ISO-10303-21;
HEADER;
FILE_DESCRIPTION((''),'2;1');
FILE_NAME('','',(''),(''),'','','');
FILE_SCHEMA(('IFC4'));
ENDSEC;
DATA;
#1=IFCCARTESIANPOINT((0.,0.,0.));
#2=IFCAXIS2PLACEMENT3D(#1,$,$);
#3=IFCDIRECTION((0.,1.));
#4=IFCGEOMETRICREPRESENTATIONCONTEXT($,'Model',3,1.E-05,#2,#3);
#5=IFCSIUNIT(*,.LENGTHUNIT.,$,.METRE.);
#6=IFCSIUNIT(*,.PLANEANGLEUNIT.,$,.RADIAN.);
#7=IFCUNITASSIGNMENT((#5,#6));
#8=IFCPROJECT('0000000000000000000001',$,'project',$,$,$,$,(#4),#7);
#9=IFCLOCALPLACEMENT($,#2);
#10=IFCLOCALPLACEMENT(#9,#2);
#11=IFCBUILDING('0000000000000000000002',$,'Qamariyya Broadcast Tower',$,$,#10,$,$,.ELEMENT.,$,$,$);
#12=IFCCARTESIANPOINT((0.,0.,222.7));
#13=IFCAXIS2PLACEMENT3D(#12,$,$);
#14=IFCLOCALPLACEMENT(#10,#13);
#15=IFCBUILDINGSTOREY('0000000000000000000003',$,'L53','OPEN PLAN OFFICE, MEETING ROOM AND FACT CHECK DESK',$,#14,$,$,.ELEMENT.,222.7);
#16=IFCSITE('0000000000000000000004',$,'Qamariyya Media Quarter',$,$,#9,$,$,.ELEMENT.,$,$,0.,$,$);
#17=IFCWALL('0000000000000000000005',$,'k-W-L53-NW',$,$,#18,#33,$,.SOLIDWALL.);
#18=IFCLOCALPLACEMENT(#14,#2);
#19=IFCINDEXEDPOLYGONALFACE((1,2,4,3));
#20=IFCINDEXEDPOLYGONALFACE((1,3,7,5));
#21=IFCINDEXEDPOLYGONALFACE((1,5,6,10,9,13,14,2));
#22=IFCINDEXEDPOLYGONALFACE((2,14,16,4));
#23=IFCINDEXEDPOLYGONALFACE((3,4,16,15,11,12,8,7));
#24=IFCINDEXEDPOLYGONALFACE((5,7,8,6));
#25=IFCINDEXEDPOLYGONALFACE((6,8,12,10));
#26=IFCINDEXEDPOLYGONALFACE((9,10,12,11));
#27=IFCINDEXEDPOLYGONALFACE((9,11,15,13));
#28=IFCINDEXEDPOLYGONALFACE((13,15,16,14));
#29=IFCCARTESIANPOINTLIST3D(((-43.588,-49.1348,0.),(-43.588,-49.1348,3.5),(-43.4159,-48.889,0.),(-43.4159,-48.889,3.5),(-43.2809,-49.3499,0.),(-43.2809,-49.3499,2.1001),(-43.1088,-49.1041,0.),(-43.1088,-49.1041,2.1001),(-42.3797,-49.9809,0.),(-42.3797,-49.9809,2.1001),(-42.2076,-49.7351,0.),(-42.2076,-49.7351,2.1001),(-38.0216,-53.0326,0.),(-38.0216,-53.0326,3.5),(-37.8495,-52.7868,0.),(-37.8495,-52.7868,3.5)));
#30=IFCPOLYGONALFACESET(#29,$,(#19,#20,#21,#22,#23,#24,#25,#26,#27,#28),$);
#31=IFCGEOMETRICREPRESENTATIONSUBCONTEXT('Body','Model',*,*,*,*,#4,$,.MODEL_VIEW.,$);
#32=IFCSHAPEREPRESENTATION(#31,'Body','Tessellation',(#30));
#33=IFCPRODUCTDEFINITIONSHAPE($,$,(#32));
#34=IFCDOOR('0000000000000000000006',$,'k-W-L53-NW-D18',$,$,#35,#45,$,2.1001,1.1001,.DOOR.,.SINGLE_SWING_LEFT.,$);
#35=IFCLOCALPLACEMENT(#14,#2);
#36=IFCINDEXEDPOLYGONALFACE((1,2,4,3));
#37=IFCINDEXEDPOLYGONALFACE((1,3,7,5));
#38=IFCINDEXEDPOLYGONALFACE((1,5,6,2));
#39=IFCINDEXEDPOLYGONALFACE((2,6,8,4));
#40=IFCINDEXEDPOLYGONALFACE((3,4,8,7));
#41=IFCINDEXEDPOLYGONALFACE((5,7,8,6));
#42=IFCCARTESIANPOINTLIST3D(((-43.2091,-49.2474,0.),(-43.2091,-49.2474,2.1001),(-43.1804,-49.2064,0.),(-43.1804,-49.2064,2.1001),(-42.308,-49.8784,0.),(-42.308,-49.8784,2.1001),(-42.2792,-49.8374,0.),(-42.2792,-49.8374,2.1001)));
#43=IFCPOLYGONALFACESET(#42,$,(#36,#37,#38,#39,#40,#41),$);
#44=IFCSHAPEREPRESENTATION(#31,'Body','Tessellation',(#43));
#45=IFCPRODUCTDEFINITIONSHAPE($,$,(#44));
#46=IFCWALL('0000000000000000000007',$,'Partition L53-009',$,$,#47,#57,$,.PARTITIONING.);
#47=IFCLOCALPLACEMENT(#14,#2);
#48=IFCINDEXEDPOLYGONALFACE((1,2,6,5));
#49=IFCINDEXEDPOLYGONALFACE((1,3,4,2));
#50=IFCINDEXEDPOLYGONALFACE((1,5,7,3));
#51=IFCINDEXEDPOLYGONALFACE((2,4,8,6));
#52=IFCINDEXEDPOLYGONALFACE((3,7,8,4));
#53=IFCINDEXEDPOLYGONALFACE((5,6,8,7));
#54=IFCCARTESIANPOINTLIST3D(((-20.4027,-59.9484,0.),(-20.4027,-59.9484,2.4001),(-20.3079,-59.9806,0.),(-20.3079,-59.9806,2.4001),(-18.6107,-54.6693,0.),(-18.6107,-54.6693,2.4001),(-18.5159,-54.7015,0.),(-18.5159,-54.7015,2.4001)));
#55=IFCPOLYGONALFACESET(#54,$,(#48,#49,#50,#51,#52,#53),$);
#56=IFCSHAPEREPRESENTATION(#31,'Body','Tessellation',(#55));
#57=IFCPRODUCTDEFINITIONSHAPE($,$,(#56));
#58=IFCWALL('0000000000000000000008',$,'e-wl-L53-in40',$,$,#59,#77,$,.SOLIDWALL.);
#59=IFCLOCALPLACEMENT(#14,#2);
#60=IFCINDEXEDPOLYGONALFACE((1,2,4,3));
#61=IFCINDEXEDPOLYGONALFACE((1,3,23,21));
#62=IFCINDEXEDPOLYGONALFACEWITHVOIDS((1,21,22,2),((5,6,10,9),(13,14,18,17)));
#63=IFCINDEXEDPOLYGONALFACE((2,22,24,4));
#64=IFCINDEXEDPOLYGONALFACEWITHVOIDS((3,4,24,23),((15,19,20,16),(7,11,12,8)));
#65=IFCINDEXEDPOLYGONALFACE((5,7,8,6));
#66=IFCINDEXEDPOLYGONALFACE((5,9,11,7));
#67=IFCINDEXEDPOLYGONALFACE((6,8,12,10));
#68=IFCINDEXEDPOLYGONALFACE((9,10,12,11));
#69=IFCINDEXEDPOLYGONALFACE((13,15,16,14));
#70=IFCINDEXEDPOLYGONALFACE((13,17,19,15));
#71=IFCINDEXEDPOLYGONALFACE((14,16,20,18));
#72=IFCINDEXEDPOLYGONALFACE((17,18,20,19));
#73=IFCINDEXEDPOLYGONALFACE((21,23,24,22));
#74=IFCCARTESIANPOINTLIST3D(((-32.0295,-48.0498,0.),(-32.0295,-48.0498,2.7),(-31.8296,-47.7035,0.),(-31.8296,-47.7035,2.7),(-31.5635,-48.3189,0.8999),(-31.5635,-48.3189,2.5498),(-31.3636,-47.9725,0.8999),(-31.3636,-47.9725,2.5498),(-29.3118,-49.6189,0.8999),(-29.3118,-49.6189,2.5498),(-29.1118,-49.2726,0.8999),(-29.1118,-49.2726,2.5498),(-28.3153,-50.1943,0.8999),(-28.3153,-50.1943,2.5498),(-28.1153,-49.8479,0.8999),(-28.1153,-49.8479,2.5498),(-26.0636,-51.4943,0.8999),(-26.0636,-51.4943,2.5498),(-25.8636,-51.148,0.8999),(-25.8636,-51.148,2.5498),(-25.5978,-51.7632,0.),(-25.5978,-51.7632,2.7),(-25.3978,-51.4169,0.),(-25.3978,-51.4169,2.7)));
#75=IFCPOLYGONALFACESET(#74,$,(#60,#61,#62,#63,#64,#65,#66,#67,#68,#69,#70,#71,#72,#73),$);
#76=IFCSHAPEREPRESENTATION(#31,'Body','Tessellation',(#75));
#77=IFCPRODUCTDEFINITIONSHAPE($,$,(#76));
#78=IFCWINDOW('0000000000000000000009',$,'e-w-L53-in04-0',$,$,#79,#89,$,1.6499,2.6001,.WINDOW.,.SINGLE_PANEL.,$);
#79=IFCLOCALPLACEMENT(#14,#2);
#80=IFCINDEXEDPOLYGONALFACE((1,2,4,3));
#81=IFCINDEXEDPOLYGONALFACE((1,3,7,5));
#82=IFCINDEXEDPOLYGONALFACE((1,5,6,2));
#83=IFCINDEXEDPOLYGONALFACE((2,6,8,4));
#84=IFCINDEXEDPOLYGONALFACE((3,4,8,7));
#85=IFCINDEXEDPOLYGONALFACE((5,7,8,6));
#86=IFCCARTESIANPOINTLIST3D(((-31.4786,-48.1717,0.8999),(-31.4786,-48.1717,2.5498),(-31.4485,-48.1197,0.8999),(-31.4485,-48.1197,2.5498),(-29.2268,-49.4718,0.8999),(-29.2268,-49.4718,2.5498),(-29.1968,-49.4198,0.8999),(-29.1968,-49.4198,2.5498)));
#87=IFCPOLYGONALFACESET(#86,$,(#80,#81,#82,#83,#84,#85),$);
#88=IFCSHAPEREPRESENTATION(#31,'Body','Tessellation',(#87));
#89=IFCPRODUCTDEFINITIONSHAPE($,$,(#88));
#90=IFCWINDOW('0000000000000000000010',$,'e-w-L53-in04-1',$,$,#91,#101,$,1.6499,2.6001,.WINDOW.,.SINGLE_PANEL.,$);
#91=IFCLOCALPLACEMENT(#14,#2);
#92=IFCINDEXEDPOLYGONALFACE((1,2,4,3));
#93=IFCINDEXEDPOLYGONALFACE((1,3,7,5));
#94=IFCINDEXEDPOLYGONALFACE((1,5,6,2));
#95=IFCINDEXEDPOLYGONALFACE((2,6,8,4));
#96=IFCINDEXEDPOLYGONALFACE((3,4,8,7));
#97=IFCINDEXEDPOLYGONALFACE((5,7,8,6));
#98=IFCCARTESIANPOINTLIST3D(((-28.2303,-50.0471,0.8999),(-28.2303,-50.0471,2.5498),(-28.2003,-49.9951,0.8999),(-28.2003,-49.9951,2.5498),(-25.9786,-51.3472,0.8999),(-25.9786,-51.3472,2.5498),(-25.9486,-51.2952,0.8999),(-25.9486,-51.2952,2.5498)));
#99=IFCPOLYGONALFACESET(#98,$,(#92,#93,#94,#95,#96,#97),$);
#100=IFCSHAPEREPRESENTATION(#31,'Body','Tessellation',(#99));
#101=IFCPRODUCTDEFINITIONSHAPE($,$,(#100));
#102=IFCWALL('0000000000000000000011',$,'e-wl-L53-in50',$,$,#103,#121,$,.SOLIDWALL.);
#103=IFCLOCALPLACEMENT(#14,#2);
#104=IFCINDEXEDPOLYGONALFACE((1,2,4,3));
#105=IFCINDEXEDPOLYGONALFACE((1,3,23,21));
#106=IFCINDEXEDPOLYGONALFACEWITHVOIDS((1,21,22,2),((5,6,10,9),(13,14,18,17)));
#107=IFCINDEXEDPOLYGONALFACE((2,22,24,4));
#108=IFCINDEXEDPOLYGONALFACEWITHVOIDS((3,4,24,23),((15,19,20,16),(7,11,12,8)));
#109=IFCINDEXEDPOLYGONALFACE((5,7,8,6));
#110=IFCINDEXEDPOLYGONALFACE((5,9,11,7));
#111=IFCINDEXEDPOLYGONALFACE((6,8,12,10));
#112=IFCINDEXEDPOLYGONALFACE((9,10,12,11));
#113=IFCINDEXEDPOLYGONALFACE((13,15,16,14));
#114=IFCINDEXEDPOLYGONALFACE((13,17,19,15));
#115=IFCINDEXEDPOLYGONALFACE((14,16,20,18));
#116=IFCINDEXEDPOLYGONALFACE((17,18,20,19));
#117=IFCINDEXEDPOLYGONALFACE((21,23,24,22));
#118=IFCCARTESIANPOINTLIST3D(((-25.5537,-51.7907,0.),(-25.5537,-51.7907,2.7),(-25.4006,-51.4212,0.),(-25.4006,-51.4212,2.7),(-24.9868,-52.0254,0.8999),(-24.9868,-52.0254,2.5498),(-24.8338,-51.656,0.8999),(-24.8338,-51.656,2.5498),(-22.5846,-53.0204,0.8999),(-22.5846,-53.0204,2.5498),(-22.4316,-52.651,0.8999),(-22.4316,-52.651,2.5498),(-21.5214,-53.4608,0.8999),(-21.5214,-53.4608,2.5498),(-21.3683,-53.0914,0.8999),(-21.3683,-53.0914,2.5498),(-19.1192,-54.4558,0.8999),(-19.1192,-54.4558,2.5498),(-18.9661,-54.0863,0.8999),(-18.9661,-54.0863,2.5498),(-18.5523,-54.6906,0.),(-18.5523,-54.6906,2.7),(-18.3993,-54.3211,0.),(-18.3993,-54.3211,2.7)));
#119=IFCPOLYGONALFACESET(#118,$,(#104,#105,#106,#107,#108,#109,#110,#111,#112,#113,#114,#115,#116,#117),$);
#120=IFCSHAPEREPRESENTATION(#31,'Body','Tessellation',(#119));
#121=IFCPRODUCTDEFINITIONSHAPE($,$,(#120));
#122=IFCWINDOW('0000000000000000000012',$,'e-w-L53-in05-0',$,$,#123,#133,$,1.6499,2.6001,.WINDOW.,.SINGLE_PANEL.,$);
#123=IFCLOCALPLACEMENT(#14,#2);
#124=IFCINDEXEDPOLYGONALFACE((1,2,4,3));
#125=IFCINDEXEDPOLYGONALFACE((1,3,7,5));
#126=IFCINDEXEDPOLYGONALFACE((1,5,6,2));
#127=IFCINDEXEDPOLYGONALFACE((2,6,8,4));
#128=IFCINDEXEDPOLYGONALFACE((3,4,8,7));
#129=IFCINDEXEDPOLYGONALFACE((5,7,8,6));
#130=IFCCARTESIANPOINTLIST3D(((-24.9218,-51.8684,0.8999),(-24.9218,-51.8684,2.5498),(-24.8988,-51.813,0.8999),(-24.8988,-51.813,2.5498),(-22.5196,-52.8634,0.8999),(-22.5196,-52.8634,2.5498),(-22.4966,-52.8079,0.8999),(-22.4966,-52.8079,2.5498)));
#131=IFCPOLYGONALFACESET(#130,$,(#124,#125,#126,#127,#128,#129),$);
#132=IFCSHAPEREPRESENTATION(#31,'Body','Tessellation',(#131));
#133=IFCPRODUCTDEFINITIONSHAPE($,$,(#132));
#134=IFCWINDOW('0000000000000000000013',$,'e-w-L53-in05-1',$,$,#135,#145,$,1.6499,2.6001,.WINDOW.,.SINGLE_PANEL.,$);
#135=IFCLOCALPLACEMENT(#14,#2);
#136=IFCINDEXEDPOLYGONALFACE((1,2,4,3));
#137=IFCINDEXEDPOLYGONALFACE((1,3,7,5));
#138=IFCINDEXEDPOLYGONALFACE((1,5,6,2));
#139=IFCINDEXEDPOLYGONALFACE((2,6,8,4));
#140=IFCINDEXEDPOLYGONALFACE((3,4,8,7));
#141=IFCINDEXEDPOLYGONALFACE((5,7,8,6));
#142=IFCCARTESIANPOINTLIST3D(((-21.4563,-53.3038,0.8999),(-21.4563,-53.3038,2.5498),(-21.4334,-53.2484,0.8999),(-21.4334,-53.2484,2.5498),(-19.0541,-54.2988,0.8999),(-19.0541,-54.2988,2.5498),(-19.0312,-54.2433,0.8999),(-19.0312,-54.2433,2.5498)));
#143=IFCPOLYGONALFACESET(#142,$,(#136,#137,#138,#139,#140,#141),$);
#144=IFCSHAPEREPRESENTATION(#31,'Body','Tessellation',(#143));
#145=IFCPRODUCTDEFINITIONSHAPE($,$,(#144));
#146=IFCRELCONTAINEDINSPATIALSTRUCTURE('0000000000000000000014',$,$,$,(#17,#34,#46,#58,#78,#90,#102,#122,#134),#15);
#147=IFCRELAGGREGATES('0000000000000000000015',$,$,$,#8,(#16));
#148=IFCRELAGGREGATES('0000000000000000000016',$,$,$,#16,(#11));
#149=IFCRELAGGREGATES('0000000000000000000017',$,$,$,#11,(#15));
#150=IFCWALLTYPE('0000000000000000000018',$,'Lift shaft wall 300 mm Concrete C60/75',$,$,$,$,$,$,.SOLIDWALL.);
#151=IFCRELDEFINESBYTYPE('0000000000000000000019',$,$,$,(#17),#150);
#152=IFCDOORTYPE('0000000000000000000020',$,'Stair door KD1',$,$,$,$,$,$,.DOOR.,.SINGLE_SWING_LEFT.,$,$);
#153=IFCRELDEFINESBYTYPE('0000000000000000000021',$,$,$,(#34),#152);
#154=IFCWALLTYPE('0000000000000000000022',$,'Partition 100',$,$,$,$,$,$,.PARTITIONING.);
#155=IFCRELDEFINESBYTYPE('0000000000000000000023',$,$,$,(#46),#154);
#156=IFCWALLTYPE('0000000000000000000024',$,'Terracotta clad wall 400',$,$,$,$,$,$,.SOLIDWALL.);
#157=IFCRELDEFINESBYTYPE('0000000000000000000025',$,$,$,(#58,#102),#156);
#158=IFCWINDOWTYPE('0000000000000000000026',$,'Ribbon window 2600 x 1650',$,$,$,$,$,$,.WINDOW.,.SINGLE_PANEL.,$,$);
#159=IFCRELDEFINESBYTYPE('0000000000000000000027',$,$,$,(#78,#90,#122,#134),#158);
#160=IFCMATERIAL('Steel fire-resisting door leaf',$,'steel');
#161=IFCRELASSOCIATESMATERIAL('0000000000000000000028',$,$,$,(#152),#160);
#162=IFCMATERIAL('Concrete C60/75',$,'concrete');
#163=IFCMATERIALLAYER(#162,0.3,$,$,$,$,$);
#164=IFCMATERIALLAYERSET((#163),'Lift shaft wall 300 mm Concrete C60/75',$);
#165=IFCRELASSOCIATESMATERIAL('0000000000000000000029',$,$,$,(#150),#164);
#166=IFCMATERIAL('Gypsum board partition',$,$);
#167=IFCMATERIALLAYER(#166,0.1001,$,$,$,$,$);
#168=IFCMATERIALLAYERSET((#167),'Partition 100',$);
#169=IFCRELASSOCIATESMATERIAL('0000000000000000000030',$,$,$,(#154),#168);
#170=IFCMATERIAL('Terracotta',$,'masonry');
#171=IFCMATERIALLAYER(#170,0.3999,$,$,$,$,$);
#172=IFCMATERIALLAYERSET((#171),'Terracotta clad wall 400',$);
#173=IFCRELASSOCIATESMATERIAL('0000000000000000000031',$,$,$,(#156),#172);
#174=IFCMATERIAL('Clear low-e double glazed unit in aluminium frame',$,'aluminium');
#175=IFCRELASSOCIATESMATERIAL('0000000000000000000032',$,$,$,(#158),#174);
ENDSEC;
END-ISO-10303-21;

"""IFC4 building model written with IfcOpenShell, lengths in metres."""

from ifc_helpers import new_model, si_unit, direction, frame, frame_2d, origin, place, context, subcontext, project, spatial, rectangle, extrude, material, layer, layer_set, type_object, element, fill, save


model = new_model("IFC4")

# Units and contexts
model_context = context("Model", 3, precision=1e-05, world=origin(), true_north=direction((0.0, 1.0)))
body_context = subcontext(model_context, "Body", "Model", "MODEL_VIEW")
ifc_project = project(units=[si_unit("LENGTHUNIT", "METRE"), si_unit("PLANEANGLEUNIT", "RADIAN")], contexts=[model_context])

# Site, building, storey
site_placement = place(None, origin())
site = spatial("IfcSite", under=ifc_project, at=site_placement, Name="Qamariyya Media Quarter", CompositionType="ELEMENT", RefElevation=0.0)
building_placement = place(site_placement, origin())
building = spatial("IfcBuilding", under=site, at=building_placement, Name="Qamariyya Broadcast Tower", CompositionType="ELEMENT")
storey_placement = place(building_placement, frame((0.0, 0.0, 222.7)))
storey = spatial("IfcBuildingStorey", under=building, at=storey_placement, Name="L53", Description="OPEN PLAN OFFICE, MEETING ROOM AND FACT CHECK DESK", CompositionType="ELEMENT", Elevation=222.7)

# Shared definitions
ifc_material_1 = material(Name="Concrete C60/75", Category="concrete")

# Shared definitions
ifc_material_2 = material(Name="Steel fire-resisting door leaf", Category="steel")
door_type_1 = type_object("IfcDoorType", Name="Stair door KD1", OperationType="SINGLE_SWING_LEFT", PredefinedType="DOOR", material=ifc_material_2)

# Shared definitions
ifc_material_3 = material(Name="Gypsum board partition")

# Wall, opening, door
ifc_layer_1 = layer(ifc_material_1, 0.3)
ifc_layer_set_1 = layer_set([ifc_layer_1], Name="Lift shaft wall 300 mm Concrete C60/75")
wall_type_1 = type_object("IfcWallType", Name="Lift shaft wall 300 mm Concrete C60/75", PredefinedType="SOLIDWALL", material=ifc_layer_set_1)
wall_1_placement = place(storey_placement, frame((-37.9355, -52.9097, 0.0), z_axis=(0.0, 0.0, 1.0), x_axis=(-0.819148, 0.573583, 0.0)))
wall_1 = element("IfcWall", 1, at=wall_1_placement, inside=storey, type_object=wall_type_1, Name="k-W-L53-NW", PredefinedType="SOLIDWALL", context=body_context, shape_type="SweptSolid", body=[
    extrude(rectangle(XDim=6.7954, YDim=0.3, at=frame_2d((3.3977, 0.0))), origin(), (0.0, 0.0, 1.0), 3.5),
])
opening_1_placement = place(wall_1_placement, frame((5.3203, 0.0, 0.0)))
opening_1 = element("IfcOpeningElement", 2, at=opening_1_placement, cuts=wall_1, PredefinedType="OPENING", context=body_context, shape_type="SweptSolid", body=[
    extrude(rectangle(XDim=1.1001, YDim=2.1001, at=frame_2d((0.55, 1.05))), frame((0.0, 0.1599, 0.0), z_axis=(0.0, -1.0, 0.0), x_axis=(1.0, 0.0, 0.0)), (0.0, 0.0, 1.0), 0.3201),
])
door_1_placement = place(opening_1_placement, origin())
door_1 = element("IfcDoor", 3, at=door_1_placement, inside=storey, type_object=door_type_1, Name="k-W-L53-NW-D18", OperationType="SINGLE_SWING_LEFT", OverallHeight=2.1001, OverallWidth=1.1001, PredefinedType="DOOR", context=body_context, shape_type="SweptSolid", body=[
    extrude(rectangle(XDim=1.1001, YDim=2.1001, at=frame_2d((0.55, 1.05))), frame((0.0, 0.0249, 0.0), z_axis=(0.0, -1.0, 0.0), x_axis=(1.0, 0.0, 0.0)), (0.0, 0.0, 1.0), 0.05),
])
fill(opening_1, door_1)

# Wall
ifc_layer_2 = layer(ifc_material_3, 0.1001)
ifc_layer_set_2 = layer_set([ifc_layer_2], Name="Partition 100")
wall_type_2 = type_object("IfcWallType", Name="Partition 100", PredefinedType="PARTITIONING", material=ifc_layer_set_2)
wall_2_placement = place(storey_placement, frame((-18.5632, -54.6853, 0.0), z_axis=(0.0, 0.0, 1.0), x_axis=(-0.321439, -0.94693, 0.0)))
element("IfcWall", 4, at=wall_2_placement, inside=storey, type_object=wall_type_2, Name="Partition L53-009", PredefinedType="PARTITIONING", context=body_context, shape_type="SweptSolid", body=[
    extrude(rectangle(XDim=5.575, YDim=0.1001, at=frame_2d((2.7876, 0.0))), origin(), (0.0, 0.0, 1.0), 2.4001),
])

# Walls, openings, windows
ifc_material_4 = material(Name="Terracotta", Category="masonry")
ifc_layer_3 = layer(ifc_material_4, 0.3999)
ifc_layer_set_3 = layer_set([ifc_layer_3], Name="Terracotta clad wall 400")
wall_type_3 = type_object("IfcWallType", Name="Terracotta clad wall 400", PredefinedType="SOLIDWALL", material=ifc_layer_set_3)
wall_3_placement = place(storey_placement, frame((-25.4978, -51.5901, 0.0), z_axis=(0.0, 0.0, 1.0), x_axis=(-0.866021, 0.500007, 0.0)))
wall_3 = element("IfcWall", 5, at=wall_3_placement, inside=storey, type_object=wall_type_3, Name="e-wl-L53-in40", PredefinedType="SOLIDWALL", context=body_context, shape_type="SweptSolid", body=[
    extrude(rectangle(XDim=7.4268, YDim=0.3999, at=frame_2d((3.7134, 0.0))), origin(), (0.0, 0.0, 1.0), 2.7),
])
opening_2_placement = place(wall_3_placement, frame((4.2886, 0.0, 0.8999)))
opening_2 = element("IfcOpeningElement", 6, at=opening_2_placement, cuts=wall_3, PredefinedType="OPENING", context=body_context, shape_type="SweptSolid", body=[
    extrude(rectangle(XDim=2.6001, YDim=1.6499, at=frame_2d((1.3, 0.825))), frame((0.0, 0.21, 0.0), z_axis=(0.0, -1.0, 0.0), x_axis=(1.0, 0.0, 0.0)), (0.0, 0.0, 1.0), 0.4199),
])
opening_3_placement = place(wall_3_placement, frame((0.5378, 0.0, 0.8999)))
opening_3 = element("IfcOpeningElement", 7, at=opening_3_placement, cuts=wall_3, PredefinedType="OPENING", context=body_context, shape_type="SweptSolid", body=[
    extrude(rectangle(XDim=2.6001, YDim=1.6499, at=frame_2d((1.3, 0.825))), frame((0.0, 0.21, 0.0), z_axis=(0.0, -1.0, 0.0), x_axis=(1.0, 0.0, 0.0)), (0.0, 0.0, 1.0), 0.4199),
])
ifc_material_5 = material(Name="Clear low-e double glazed unit in aluminium frame", Category="aluminium")
window_type = type_object("IfcWindowType", Name="Ribbon window 2600 x 1650", PartitioningType="SINGLE_PANEL", PredefinedType="WINDOW", material=ifc_material_5)
window_1_placement = place(opening_2_placement, origin())
window_1 = element("IfcWindow", 8, at=window_1_placement, inside=storey, type_object=window_type, Name="e-w-L53-in04-0", OverallHeight=1.6499, OverallWidth=2.6001, PartitioningType="SINGLE_PANEL", PredefinedType="WINDOW", context=body_context, shape_type="SweptSolid", body=[
    extrude(rectangle(XDim=2.6001, YDim=1.6499, at=frame_2d((1.3, 0.825))), frame((0.0, 0.03, 0.0), z_axis=(0.0, -1.0, 0.0), x_axis=(1.0, 0.0, 0.0)), (0.0, 0.0, 1.0), 0.0601),
])
fill(opening_2, window_1)
window_2_placement = place(opening_3_placement, origin())
window_2 = element("IfcWindow", 9, at=window_2_placement, inside=storey, type_object=window_type, Name="e-w-L53-in04-1", OverallHeight=1.6499, OverallWidth=2.6001, PartitioningType="SINGLE_PANEL", PredefinedType="WINDOW", context=body_context, shape_type="SweptSolid", body=[
    extrude(rectangle(XDim=2.6001, YDim=1.6499, at=frame_2d((1.3, 0.825))), frame((0.0, 0.03, 0.0), z_axis=(0.0, -1.0, 0.0), x_axis=(1.0, 0.0, 0.0)), (0.0, 0.0, 1.0), 0.0601),
])
fill(opening_3, window_2)
wall_4_placement = place(storey_placement, frame((-18.4758, -54.5059, 0.0), z_axis=(0.0, 0.0, 1.0), x_axis=(-0.923884, 0.382672, 0.0)))
wall_4 = element("IfcWall", 10, at=wall_4_placement, inside=storey, type_object=wall_type_3, Name="e-wl-L53-in50", PredefinedType="SOLIDWALL", context=body_context, shape_type="SweptSolid", body=[
    extrude(rectangle(XDim=7.5781, YDim=0.3999, at=frame_2d((3.7891, 0.0))), origin(), (0.0, 0.0, 1.0), 2.7),
])
opening_4_placement = place(wall_4_placement, frame((4.3645, 0.0, 0.8999)))
opening_4 = element("IfcOpeningElement", 11, at=opening_4_placement, cuts=wall_4, PredefinedType="OPENING", context=body_context, shape_type="SweptSolid", body=[
    extrude(rectangle(XDim=2.6001, YDim=1.6499, at=frame_2d((1.3, 0.825))), frame((0.0, 0.21, 0.0), z_axis=(0.0, -1.0, 0.0), x_axis=(1.0, 0.0, 0.0)), (0.0, 0.0, 1.0), 0.4199),
])
opening_5_placement = place(wall_4_placement, frame((0.6135, 0.0, 0.8999)))
opening_5 = element("IfcOpeningElement", 12, at=opening_5_placement, cuts=wall_4, PredefinedType="OPENING", context=body_context, shape_type="SweptSolid", body=[
    extrude(rectangle(XDim=2.6001, YDim=1.6499, at=frame_2d((1.3, 0.825))), frame((0.0, 0.21, 0.0), z_axis=(0.0, -1.0, 0.0), x_axis=(1.0, 0.0, 0.0)), (0.0, 0.0, 1.0), 0.4199),
])
window_3_placement = place(opening_4_placement, origin())
window_3 = element("IfcWindow", 13, at=window_3_placement, inside=storey, type_object=window_type, Name="e-w-L53-in05-0", OverallHeight=1.6499, OverallWidth=2.6001, PartitioningType="SINGLE_PANEL", PredefinedType="WINDOW", context=body_context, shape_type="SweptSolid", body=[
    extrude(rectangle(XDim=2.6001, YDim=1.6499, at=frame_2d((1.3, 0.825))), frame((0.0, 0.03, 0.0), z_axis=(0.0, -1.0, 0.0), x_axis=(1.0, 0.0, 0.0)), (0.0, 0.0, 1.0), 0.0601),
])
fill(opening_4, window_3)
window_4_placement = place(opening_5_placement, origin())
window_4 = element("IfcWindow", 14, at=window_4_placement, inside=storey, type_object=window_type, Name="e-w-L53-in05-1", OverallHeight=1.6499, OverallWidth=2.6001, PartitioningType="SINGLE_PANEL", PredefinedType="WINDOW", context=body_context, shape_type="SweptSolid", body=[
    extrude(rectangle(XDim=2.6001, YDim=1.6499, at=frame_2d((1.3, 0.825))), frame((0.0, 0.03, 0.0), z_axis=(0.0, -1.0, 0.0), x_axis=(1.0, 0.0, 0.0)), (0.0, 0.0, 1.0), 0.0601),
])
fill(opening_5, window_4)

save(model, "model.ifc")
